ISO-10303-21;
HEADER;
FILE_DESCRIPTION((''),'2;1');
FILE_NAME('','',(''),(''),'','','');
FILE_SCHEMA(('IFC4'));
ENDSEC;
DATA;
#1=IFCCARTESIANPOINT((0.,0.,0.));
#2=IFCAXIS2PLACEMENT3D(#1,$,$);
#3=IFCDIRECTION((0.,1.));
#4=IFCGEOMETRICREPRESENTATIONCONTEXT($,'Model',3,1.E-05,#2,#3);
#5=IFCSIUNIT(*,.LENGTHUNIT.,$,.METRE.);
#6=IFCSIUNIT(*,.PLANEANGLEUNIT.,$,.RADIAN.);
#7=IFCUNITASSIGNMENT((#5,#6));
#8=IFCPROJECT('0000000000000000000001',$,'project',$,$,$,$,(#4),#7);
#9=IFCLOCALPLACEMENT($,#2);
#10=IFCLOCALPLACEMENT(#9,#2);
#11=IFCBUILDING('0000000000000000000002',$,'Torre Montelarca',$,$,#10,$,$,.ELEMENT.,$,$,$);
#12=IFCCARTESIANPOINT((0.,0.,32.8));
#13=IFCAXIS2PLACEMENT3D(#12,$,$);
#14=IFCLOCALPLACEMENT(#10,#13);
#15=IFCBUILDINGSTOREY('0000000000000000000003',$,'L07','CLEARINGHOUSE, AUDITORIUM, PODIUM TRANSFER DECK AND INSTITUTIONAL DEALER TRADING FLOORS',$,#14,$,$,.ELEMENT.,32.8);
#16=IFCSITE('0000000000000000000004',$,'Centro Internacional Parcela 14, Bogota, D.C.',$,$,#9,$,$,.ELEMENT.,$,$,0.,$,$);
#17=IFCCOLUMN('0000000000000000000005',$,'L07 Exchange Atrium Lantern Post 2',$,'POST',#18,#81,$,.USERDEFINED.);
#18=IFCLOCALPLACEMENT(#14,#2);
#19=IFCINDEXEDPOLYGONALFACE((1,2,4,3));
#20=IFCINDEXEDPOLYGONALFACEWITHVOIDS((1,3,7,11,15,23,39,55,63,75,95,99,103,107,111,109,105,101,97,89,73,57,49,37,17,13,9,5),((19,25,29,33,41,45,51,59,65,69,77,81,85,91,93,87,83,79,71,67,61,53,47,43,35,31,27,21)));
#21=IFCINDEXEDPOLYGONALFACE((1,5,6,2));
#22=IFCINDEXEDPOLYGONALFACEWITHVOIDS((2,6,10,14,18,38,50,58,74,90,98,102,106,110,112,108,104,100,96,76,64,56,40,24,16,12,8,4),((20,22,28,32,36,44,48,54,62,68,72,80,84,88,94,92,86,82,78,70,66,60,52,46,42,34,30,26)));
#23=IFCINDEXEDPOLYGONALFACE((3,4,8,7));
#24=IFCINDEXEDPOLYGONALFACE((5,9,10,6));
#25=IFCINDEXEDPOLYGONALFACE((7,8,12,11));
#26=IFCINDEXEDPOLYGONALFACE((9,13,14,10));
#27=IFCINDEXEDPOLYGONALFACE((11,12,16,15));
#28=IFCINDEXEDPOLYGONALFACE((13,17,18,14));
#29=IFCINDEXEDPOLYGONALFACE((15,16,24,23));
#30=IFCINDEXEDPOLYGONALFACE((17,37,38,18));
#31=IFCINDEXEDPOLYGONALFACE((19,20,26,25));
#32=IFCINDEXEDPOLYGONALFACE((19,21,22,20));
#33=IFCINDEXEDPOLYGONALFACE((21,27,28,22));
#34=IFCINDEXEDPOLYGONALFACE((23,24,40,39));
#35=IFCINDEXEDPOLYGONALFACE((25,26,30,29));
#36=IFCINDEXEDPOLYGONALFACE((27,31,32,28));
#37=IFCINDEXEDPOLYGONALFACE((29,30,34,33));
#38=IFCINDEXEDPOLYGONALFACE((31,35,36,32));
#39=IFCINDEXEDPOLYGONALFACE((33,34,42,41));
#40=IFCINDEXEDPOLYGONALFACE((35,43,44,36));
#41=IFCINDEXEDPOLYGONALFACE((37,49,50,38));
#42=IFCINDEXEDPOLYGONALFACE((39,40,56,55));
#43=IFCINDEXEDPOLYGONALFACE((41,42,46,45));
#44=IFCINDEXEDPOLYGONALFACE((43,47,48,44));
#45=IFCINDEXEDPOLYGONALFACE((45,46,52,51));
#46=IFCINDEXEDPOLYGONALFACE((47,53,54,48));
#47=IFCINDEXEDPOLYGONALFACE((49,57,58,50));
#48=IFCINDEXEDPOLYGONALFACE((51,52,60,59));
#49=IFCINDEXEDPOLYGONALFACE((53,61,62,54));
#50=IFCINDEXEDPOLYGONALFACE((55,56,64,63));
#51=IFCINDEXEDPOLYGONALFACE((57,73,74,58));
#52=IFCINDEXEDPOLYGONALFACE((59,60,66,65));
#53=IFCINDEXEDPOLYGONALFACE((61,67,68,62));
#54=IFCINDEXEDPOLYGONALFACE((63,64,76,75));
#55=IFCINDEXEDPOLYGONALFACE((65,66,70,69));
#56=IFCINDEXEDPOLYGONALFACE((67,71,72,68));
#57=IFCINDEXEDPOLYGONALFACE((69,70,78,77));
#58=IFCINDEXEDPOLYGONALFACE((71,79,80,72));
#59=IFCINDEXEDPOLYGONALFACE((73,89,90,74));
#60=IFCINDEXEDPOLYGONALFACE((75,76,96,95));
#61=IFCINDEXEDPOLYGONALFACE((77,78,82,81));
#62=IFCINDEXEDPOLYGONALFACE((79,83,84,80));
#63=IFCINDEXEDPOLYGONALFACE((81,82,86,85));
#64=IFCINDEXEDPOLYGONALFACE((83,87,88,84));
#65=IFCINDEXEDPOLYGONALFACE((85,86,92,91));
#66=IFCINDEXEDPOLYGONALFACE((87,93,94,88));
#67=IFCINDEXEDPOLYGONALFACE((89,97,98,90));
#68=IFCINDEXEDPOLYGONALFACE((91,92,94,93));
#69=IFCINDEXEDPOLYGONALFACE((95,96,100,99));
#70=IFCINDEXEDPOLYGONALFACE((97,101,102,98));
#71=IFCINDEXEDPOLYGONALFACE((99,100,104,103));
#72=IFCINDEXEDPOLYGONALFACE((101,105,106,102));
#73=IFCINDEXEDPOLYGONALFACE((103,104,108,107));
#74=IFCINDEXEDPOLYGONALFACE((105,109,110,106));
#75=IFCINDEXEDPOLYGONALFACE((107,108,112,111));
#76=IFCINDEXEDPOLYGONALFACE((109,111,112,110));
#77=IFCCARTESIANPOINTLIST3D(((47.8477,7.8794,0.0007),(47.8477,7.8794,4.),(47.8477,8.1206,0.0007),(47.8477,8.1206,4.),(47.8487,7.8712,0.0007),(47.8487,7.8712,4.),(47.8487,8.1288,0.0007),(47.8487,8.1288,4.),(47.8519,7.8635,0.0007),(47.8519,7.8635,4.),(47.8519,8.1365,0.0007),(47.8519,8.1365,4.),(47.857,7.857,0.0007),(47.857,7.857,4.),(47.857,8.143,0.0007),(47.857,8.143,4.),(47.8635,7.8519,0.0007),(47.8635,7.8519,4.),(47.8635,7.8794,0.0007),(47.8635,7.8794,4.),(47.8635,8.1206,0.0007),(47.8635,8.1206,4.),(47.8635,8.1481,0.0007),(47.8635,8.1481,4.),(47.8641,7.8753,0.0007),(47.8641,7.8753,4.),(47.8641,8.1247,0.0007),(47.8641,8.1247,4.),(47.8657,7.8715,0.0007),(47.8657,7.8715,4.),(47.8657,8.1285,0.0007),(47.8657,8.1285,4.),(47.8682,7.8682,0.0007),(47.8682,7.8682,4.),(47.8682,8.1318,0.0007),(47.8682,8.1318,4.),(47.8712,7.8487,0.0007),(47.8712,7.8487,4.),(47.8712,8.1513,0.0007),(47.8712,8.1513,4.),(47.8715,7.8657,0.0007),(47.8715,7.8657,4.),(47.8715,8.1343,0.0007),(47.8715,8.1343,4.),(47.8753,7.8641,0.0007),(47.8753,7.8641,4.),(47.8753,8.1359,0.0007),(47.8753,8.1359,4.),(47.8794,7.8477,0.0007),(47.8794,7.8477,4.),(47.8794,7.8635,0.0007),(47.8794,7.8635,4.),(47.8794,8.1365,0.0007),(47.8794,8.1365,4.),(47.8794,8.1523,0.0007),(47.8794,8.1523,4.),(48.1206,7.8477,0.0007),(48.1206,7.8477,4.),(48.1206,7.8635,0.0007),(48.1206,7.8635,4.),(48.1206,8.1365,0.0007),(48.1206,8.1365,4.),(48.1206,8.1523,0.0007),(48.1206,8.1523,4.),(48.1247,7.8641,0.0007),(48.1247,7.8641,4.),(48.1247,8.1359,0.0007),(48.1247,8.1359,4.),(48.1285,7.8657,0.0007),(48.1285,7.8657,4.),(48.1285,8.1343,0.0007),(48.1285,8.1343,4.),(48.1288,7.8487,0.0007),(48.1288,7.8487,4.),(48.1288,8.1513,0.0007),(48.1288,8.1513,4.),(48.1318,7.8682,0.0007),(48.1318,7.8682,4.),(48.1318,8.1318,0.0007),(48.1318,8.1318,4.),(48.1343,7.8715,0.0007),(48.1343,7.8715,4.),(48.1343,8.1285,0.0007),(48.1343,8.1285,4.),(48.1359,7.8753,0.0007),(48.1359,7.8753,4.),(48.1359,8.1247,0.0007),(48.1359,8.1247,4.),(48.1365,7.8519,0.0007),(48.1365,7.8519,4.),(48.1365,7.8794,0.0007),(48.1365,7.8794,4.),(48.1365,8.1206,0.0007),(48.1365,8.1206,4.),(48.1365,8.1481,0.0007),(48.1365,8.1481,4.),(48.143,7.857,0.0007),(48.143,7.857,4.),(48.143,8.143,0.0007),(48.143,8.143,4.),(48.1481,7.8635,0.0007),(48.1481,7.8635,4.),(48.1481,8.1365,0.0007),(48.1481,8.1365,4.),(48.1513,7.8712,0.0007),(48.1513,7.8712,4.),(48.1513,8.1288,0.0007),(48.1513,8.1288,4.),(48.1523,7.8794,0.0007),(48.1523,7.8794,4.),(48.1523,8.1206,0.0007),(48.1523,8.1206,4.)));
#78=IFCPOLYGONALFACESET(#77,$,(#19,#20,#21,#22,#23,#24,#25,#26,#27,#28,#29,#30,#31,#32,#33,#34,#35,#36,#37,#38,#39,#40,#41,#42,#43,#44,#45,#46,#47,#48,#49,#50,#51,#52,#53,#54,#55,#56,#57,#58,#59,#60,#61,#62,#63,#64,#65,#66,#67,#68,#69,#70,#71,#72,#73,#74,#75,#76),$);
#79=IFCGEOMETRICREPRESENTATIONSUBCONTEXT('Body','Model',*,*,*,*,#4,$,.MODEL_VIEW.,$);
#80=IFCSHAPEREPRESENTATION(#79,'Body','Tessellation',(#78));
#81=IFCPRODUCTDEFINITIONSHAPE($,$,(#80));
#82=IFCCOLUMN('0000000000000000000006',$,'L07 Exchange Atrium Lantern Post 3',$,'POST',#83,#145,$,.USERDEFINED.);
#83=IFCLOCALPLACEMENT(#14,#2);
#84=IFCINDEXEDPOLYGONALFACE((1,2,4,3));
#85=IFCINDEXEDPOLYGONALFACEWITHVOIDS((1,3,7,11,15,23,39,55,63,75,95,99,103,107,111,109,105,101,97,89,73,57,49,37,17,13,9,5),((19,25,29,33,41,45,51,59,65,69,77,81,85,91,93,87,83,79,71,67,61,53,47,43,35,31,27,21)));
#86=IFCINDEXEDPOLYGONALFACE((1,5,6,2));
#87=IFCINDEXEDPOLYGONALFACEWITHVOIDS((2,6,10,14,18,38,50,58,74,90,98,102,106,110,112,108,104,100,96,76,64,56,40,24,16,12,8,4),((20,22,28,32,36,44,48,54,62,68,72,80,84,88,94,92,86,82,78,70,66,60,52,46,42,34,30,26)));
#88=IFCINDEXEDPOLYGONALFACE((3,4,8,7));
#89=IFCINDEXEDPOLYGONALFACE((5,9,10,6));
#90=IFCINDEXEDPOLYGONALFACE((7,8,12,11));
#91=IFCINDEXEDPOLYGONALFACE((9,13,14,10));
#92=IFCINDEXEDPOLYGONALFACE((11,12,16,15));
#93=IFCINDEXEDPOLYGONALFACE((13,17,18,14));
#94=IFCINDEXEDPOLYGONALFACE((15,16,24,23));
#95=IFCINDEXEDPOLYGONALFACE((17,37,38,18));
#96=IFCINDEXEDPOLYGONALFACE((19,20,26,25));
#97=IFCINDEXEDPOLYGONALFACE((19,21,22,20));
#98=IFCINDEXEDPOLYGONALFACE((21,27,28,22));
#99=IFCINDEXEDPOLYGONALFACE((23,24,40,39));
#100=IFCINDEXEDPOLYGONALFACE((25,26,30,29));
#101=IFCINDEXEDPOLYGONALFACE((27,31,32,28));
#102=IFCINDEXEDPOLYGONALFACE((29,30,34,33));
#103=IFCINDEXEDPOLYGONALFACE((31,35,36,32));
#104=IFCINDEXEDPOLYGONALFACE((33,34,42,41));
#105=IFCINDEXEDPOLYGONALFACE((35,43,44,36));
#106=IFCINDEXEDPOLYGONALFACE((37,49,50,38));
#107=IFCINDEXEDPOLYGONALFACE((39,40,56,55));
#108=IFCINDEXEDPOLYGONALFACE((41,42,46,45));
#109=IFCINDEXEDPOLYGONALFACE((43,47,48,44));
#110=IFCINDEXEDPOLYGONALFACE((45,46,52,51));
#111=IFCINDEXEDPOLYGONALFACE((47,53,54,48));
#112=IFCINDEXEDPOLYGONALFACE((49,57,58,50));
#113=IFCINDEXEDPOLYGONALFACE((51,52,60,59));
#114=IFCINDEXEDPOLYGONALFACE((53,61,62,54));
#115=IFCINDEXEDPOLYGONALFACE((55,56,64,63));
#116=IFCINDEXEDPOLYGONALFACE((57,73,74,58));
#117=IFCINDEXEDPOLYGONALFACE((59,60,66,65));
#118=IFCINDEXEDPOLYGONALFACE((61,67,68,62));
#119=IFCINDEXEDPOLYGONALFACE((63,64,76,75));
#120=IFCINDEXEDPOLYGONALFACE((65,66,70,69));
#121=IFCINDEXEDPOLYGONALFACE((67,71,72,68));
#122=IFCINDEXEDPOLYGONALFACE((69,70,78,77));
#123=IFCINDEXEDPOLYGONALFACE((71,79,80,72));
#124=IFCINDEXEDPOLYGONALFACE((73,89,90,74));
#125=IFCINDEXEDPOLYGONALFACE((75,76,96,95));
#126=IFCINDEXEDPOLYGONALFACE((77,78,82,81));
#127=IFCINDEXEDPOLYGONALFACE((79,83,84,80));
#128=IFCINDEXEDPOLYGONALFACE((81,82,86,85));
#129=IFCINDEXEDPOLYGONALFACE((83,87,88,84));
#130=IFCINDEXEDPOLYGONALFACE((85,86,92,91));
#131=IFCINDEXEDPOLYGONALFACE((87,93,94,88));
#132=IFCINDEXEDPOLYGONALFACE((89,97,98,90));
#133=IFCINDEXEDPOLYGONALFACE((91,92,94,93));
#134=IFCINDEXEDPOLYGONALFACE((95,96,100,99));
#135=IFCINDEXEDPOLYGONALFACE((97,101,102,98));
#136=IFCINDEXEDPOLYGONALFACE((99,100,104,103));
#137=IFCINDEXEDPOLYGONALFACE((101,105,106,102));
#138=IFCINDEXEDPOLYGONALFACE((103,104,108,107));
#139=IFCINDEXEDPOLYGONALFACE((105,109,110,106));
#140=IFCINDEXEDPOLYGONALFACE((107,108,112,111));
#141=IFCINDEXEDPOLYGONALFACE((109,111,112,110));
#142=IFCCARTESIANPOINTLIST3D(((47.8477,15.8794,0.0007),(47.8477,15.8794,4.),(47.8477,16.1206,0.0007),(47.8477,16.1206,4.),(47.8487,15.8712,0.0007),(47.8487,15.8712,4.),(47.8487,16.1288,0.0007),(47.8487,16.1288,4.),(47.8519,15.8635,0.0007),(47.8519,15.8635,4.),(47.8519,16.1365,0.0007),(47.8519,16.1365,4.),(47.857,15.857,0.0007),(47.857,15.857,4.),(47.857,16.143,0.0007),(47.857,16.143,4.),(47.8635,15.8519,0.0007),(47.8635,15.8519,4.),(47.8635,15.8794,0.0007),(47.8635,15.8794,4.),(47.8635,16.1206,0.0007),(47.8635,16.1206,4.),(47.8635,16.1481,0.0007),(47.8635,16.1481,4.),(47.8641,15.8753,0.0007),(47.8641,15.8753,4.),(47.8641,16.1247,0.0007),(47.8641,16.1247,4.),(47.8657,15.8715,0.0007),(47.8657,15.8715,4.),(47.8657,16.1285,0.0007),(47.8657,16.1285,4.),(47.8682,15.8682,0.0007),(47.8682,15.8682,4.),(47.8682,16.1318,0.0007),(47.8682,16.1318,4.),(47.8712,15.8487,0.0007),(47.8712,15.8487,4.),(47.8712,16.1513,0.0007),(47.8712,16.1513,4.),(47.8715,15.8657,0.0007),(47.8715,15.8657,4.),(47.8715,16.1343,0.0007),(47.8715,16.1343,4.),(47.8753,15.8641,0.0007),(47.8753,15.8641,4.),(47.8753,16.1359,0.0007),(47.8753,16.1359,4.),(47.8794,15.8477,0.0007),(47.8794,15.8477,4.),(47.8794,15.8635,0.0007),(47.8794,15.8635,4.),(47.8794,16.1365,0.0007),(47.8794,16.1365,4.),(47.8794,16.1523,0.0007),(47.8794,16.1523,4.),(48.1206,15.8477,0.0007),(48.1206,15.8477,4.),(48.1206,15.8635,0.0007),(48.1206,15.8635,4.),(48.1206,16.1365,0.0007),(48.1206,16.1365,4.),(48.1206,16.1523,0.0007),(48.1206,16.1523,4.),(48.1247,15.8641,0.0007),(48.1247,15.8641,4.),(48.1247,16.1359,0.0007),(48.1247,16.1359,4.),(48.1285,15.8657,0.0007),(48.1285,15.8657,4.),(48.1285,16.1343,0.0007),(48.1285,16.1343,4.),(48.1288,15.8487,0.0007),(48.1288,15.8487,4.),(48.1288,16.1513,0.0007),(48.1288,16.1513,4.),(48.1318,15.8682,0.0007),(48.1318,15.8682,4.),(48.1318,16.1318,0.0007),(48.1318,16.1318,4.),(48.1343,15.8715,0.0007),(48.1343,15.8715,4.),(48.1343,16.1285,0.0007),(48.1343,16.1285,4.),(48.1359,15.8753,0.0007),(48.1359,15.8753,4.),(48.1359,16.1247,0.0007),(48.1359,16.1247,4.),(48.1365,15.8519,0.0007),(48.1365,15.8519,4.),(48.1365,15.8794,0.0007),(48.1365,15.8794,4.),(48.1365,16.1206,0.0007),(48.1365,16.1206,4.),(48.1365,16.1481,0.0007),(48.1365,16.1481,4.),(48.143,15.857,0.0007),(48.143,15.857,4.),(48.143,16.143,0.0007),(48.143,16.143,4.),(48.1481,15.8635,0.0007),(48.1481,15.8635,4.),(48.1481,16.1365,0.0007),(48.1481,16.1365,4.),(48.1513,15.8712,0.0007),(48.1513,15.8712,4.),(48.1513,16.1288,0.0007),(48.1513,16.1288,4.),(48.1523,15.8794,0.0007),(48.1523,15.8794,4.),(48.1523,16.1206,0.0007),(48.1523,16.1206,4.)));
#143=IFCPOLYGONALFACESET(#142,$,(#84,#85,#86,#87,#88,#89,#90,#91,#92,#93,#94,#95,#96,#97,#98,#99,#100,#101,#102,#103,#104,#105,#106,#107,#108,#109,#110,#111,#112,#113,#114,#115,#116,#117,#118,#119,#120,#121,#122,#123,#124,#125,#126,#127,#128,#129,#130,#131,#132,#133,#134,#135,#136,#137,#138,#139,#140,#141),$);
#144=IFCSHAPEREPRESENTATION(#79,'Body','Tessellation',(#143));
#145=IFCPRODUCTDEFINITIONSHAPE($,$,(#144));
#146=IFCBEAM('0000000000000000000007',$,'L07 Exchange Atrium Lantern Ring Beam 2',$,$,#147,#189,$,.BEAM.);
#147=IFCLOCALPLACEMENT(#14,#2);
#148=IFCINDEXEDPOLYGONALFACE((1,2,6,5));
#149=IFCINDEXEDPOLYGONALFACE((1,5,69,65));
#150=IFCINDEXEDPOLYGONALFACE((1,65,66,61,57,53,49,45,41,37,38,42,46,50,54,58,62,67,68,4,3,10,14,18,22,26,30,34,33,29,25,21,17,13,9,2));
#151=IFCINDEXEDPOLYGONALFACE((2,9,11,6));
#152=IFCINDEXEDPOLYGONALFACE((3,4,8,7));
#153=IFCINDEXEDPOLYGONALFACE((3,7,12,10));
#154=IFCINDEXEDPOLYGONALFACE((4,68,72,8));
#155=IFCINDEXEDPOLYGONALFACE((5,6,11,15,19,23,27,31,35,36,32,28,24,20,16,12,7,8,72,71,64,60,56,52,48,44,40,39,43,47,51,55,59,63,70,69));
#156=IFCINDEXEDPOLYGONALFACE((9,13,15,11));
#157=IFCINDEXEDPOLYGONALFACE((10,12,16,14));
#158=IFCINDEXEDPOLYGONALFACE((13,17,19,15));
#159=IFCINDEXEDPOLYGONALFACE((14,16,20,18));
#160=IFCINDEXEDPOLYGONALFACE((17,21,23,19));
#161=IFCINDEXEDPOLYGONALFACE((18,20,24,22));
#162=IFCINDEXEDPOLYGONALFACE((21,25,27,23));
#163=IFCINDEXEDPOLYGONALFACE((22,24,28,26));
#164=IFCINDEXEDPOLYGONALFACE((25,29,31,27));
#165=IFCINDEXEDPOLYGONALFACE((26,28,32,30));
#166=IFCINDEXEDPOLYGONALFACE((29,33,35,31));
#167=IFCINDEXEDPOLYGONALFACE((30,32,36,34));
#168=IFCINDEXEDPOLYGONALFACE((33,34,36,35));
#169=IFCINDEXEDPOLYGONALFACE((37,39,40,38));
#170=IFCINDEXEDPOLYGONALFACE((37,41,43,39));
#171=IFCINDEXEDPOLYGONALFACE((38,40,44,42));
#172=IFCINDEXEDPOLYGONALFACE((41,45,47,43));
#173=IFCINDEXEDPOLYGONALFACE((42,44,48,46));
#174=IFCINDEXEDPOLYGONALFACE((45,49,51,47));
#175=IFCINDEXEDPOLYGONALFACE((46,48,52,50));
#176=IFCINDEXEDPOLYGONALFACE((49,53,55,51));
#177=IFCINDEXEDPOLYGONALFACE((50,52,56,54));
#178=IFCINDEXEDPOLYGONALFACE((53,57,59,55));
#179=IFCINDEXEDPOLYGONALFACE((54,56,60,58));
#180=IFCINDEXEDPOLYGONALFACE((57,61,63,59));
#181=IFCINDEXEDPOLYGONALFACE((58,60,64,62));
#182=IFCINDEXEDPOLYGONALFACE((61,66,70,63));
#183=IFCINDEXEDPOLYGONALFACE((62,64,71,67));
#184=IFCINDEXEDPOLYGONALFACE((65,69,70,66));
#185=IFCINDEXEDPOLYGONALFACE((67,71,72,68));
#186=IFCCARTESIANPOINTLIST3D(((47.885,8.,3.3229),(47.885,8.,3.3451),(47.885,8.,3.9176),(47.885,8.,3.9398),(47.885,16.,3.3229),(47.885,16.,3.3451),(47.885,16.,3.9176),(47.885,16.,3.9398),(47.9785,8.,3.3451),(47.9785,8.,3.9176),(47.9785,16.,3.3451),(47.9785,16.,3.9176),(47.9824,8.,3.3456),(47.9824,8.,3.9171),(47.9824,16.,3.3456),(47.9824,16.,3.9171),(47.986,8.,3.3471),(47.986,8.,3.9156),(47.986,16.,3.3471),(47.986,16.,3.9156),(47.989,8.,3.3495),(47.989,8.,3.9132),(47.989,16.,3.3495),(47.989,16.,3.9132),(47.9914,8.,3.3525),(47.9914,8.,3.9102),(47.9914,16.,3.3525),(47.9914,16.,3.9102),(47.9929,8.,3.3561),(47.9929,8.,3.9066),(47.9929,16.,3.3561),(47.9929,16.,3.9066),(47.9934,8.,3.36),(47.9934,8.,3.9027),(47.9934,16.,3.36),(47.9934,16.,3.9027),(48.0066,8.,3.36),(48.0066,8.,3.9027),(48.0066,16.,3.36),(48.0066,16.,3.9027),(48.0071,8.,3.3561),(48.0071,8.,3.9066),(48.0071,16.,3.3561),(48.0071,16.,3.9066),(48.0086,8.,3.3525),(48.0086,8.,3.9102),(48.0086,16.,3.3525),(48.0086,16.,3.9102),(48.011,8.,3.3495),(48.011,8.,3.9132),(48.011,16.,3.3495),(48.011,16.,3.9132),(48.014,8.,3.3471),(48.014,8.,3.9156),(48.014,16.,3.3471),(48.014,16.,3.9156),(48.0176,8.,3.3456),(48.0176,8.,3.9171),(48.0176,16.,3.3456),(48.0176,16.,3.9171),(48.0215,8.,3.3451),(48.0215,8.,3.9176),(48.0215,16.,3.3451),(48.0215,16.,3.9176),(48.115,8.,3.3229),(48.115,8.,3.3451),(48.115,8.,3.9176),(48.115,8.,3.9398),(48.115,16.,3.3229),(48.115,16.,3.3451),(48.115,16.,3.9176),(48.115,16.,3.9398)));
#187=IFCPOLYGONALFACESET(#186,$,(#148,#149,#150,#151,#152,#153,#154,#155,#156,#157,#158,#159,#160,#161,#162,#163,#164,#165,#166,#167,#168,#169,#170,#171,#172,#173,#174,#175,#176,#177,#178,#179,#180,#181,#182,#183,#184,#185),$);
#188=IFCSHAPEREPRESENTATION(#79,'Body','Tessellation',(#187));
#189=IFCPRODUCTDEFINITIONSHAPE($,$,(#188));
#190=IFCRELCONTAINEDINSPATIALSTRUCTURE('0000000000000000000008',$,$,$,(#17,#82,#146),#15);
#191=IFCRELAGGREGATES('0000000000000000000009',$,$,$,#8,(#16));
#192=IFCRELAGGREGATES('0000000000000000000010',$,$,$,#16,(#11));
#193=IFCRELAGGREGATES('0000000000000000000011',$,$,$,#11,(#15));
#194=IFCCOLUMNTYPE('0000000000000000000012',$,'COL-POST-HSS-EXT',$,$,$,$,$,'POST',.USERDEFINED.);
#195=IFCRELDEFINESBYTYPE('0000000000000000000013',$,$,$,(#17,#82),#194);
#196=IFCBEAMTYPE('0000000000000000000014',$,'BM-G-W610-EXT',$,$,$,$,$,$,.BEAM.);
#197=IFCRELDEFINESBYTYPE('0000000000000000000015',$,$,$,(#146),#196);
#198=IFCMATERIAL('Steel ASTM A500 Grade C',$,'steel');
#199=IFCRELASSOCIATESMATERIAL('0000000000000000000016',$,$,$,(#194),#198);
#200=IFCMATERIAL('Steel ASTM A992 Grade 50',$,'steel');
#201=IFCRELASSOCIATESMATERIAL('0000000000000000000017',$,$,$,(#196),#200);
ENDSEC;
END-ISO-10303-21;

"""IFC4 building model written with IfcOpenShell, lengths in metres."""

from ifc_helpers import new_model, si_unit, direction, frame, origin, origin_2d, place, context, subcontext, project, spatial, hollow_rectangle, i_section, extrude, source, transform, mapped, material, material_profile, profile_set, type_object, element, save


model = new_model("IFC4")

# Units and contexts
model_context = context("Model", 3, precision=1e-05, world=origin(), true_north=direction((0.0, 1.0)))
body_context = subcontext(model_context, "Body", "Model", "MODEL_VIEW")
ifc_project = project(units=[si_unit("LENGTHUNIT", "METRE"), si_unit("PLANEANGLEUNIT", "RADIAN")], contexts=[model_context])

# Site, building, storey
site_placement = place(None, origin())
site = spatial("IfcSite", under=ifc_project, at=site_placement, Name="Centro Internacional Parcela 14, Bogota, D.C.", CompositionType="ELEMENT", RefElevation=0.0)
building_placement = place(site_placement, origin())
building = spatial("IfcBuilding", under=site, at=building_placement, Name="Torre Montelarca", CompositionType="ELEMENT")
storey_placement = place(building_placement, frame((0.0, 0.0, 32.8)))
storey = spatial("IfcBuildingStorey", under=building, at=storey_placement, Name="L07", Description="CLEARINGHOUSE, AUDITORIUM, PODIUM TRANSFER DECK AND INSTITUTIONAL DEALER TRADING FLOORS", CompositionType="ELEMENT", Elevation=32.8)

# Columns
ifc_material_1 = material(Name="Steel ASTM A500 Grade C", Category="steel")
ifc_material_profile_1 = material_profile(ifc_material_1, hollow_rectangle(XDim=0.3047, YDim=0.3047, WallThickness=0.0159, InnerFilletRadius=0.0159, OuterFilletRadius=0.0317, at=origin_2d()), Name="HSS305X305X15.9", Category="steel")
ifc_profile_set_1 = profile_set([ifc_material_profile_1], Name="Steel ASTM A500 Grade C")
column_type = type_object("IfcColumnType", Name="COL-POST-HSS-EXT", ElementType="POST", PredefinedType="USERDEFINED", material=ifc_profile_set_1)
shared_shape_1 = source(origin(), body_context, "Body", "SweptSolid", [
    extrude(hollow_rectangle(XDim=0.3047, YDim=0.3047, WallThickness=0.0159, InnerFilletRadius=0.0159, OuterFilletRadius=0.0317, at=origin_2d()), origin(), (0.0, 0.0, 1.0), 3.9993),
])
for number, where, z_axis, x_axis, name in (
    (1, (48.0, 8.0, 0.0007), (0.0, 0.0, 1.0), (1.0, 0.0, 0.0), "L07 Exchange Atrium Lantern Post 2"),
    (2, (48.0, 16.0, 0.0007), (0.0, 0.0, 1.0), (1.0, 0.0, 0.0), "L07 Exchange Atrium Lantern Post 3"),
):
    element("IfcColumn", number, at=place(storey_placement, frame(where, z_axis=z_axis, x_axis=x_axis)), inside=storey, type_object=column_type, Name=name, ObjectType="POST", PredefinedType="USERDEFINED", context=body_context, shape_type="MappedRepresentation", body=[
        mapped(shared_shape_1, transform((0.0, 0.0, 0.0), scale=1.0)),
    ])

# Beam
ifc_material_2 = material(Name="Steel ASTM A992 Grade 50", Category="steel")
ifc_material_profile_2 = material_profile(ifc_material_2, i_section(OverallWidth=0.23, OverallDepth=0.6169, WebThickness=0.0132, FlangeThickness=0.0222, FilletRadius=0.0149, at=origin_2d()), Name="W610X140", Category="steel")
ifc_profile_set_2 = profile_set([ifc_material_profile_2], Name="Steel ASTM A992 Grade 50")
beam_type = type_object("IfcBeamType", Name="BM-G-W610-EXT", PredefinedType="BEAM", material=ifc_profile_set_2)
shared_shape_2 = source(origin(), body_context, "Body", "SweptSolid", [
    extrude(i_section(OverallWidth=0.23, OverallDepth=0.6169, WebThickness=0.0132, FlangeThickness=0.0222, FilletRadius=0.0149, at=origin_2d()), origin(), (0.0, 0.0, 1.0), 8.0),
])
beam_placement = place(storey_placement, frame((48.0, 8.0, 3.6313), z_axis=(0.0, 1.0, 0.0), x_axis=(-1.0, 0.0, 0.0)))
element("IfcBeam", 3, at=beam_placement, inside=storey, type_object=beam_type, Name="L07 Exchange Atrium Lantern Ring Beam 2", PredefinedType="BEAM", context=body_context, shape_type="MappedRepresentation", body=[
    mapped(shared_shape_2, transform((0.0, 0.0, 0.0), scale=1.0)),
])

save(model, "model.ifc")
